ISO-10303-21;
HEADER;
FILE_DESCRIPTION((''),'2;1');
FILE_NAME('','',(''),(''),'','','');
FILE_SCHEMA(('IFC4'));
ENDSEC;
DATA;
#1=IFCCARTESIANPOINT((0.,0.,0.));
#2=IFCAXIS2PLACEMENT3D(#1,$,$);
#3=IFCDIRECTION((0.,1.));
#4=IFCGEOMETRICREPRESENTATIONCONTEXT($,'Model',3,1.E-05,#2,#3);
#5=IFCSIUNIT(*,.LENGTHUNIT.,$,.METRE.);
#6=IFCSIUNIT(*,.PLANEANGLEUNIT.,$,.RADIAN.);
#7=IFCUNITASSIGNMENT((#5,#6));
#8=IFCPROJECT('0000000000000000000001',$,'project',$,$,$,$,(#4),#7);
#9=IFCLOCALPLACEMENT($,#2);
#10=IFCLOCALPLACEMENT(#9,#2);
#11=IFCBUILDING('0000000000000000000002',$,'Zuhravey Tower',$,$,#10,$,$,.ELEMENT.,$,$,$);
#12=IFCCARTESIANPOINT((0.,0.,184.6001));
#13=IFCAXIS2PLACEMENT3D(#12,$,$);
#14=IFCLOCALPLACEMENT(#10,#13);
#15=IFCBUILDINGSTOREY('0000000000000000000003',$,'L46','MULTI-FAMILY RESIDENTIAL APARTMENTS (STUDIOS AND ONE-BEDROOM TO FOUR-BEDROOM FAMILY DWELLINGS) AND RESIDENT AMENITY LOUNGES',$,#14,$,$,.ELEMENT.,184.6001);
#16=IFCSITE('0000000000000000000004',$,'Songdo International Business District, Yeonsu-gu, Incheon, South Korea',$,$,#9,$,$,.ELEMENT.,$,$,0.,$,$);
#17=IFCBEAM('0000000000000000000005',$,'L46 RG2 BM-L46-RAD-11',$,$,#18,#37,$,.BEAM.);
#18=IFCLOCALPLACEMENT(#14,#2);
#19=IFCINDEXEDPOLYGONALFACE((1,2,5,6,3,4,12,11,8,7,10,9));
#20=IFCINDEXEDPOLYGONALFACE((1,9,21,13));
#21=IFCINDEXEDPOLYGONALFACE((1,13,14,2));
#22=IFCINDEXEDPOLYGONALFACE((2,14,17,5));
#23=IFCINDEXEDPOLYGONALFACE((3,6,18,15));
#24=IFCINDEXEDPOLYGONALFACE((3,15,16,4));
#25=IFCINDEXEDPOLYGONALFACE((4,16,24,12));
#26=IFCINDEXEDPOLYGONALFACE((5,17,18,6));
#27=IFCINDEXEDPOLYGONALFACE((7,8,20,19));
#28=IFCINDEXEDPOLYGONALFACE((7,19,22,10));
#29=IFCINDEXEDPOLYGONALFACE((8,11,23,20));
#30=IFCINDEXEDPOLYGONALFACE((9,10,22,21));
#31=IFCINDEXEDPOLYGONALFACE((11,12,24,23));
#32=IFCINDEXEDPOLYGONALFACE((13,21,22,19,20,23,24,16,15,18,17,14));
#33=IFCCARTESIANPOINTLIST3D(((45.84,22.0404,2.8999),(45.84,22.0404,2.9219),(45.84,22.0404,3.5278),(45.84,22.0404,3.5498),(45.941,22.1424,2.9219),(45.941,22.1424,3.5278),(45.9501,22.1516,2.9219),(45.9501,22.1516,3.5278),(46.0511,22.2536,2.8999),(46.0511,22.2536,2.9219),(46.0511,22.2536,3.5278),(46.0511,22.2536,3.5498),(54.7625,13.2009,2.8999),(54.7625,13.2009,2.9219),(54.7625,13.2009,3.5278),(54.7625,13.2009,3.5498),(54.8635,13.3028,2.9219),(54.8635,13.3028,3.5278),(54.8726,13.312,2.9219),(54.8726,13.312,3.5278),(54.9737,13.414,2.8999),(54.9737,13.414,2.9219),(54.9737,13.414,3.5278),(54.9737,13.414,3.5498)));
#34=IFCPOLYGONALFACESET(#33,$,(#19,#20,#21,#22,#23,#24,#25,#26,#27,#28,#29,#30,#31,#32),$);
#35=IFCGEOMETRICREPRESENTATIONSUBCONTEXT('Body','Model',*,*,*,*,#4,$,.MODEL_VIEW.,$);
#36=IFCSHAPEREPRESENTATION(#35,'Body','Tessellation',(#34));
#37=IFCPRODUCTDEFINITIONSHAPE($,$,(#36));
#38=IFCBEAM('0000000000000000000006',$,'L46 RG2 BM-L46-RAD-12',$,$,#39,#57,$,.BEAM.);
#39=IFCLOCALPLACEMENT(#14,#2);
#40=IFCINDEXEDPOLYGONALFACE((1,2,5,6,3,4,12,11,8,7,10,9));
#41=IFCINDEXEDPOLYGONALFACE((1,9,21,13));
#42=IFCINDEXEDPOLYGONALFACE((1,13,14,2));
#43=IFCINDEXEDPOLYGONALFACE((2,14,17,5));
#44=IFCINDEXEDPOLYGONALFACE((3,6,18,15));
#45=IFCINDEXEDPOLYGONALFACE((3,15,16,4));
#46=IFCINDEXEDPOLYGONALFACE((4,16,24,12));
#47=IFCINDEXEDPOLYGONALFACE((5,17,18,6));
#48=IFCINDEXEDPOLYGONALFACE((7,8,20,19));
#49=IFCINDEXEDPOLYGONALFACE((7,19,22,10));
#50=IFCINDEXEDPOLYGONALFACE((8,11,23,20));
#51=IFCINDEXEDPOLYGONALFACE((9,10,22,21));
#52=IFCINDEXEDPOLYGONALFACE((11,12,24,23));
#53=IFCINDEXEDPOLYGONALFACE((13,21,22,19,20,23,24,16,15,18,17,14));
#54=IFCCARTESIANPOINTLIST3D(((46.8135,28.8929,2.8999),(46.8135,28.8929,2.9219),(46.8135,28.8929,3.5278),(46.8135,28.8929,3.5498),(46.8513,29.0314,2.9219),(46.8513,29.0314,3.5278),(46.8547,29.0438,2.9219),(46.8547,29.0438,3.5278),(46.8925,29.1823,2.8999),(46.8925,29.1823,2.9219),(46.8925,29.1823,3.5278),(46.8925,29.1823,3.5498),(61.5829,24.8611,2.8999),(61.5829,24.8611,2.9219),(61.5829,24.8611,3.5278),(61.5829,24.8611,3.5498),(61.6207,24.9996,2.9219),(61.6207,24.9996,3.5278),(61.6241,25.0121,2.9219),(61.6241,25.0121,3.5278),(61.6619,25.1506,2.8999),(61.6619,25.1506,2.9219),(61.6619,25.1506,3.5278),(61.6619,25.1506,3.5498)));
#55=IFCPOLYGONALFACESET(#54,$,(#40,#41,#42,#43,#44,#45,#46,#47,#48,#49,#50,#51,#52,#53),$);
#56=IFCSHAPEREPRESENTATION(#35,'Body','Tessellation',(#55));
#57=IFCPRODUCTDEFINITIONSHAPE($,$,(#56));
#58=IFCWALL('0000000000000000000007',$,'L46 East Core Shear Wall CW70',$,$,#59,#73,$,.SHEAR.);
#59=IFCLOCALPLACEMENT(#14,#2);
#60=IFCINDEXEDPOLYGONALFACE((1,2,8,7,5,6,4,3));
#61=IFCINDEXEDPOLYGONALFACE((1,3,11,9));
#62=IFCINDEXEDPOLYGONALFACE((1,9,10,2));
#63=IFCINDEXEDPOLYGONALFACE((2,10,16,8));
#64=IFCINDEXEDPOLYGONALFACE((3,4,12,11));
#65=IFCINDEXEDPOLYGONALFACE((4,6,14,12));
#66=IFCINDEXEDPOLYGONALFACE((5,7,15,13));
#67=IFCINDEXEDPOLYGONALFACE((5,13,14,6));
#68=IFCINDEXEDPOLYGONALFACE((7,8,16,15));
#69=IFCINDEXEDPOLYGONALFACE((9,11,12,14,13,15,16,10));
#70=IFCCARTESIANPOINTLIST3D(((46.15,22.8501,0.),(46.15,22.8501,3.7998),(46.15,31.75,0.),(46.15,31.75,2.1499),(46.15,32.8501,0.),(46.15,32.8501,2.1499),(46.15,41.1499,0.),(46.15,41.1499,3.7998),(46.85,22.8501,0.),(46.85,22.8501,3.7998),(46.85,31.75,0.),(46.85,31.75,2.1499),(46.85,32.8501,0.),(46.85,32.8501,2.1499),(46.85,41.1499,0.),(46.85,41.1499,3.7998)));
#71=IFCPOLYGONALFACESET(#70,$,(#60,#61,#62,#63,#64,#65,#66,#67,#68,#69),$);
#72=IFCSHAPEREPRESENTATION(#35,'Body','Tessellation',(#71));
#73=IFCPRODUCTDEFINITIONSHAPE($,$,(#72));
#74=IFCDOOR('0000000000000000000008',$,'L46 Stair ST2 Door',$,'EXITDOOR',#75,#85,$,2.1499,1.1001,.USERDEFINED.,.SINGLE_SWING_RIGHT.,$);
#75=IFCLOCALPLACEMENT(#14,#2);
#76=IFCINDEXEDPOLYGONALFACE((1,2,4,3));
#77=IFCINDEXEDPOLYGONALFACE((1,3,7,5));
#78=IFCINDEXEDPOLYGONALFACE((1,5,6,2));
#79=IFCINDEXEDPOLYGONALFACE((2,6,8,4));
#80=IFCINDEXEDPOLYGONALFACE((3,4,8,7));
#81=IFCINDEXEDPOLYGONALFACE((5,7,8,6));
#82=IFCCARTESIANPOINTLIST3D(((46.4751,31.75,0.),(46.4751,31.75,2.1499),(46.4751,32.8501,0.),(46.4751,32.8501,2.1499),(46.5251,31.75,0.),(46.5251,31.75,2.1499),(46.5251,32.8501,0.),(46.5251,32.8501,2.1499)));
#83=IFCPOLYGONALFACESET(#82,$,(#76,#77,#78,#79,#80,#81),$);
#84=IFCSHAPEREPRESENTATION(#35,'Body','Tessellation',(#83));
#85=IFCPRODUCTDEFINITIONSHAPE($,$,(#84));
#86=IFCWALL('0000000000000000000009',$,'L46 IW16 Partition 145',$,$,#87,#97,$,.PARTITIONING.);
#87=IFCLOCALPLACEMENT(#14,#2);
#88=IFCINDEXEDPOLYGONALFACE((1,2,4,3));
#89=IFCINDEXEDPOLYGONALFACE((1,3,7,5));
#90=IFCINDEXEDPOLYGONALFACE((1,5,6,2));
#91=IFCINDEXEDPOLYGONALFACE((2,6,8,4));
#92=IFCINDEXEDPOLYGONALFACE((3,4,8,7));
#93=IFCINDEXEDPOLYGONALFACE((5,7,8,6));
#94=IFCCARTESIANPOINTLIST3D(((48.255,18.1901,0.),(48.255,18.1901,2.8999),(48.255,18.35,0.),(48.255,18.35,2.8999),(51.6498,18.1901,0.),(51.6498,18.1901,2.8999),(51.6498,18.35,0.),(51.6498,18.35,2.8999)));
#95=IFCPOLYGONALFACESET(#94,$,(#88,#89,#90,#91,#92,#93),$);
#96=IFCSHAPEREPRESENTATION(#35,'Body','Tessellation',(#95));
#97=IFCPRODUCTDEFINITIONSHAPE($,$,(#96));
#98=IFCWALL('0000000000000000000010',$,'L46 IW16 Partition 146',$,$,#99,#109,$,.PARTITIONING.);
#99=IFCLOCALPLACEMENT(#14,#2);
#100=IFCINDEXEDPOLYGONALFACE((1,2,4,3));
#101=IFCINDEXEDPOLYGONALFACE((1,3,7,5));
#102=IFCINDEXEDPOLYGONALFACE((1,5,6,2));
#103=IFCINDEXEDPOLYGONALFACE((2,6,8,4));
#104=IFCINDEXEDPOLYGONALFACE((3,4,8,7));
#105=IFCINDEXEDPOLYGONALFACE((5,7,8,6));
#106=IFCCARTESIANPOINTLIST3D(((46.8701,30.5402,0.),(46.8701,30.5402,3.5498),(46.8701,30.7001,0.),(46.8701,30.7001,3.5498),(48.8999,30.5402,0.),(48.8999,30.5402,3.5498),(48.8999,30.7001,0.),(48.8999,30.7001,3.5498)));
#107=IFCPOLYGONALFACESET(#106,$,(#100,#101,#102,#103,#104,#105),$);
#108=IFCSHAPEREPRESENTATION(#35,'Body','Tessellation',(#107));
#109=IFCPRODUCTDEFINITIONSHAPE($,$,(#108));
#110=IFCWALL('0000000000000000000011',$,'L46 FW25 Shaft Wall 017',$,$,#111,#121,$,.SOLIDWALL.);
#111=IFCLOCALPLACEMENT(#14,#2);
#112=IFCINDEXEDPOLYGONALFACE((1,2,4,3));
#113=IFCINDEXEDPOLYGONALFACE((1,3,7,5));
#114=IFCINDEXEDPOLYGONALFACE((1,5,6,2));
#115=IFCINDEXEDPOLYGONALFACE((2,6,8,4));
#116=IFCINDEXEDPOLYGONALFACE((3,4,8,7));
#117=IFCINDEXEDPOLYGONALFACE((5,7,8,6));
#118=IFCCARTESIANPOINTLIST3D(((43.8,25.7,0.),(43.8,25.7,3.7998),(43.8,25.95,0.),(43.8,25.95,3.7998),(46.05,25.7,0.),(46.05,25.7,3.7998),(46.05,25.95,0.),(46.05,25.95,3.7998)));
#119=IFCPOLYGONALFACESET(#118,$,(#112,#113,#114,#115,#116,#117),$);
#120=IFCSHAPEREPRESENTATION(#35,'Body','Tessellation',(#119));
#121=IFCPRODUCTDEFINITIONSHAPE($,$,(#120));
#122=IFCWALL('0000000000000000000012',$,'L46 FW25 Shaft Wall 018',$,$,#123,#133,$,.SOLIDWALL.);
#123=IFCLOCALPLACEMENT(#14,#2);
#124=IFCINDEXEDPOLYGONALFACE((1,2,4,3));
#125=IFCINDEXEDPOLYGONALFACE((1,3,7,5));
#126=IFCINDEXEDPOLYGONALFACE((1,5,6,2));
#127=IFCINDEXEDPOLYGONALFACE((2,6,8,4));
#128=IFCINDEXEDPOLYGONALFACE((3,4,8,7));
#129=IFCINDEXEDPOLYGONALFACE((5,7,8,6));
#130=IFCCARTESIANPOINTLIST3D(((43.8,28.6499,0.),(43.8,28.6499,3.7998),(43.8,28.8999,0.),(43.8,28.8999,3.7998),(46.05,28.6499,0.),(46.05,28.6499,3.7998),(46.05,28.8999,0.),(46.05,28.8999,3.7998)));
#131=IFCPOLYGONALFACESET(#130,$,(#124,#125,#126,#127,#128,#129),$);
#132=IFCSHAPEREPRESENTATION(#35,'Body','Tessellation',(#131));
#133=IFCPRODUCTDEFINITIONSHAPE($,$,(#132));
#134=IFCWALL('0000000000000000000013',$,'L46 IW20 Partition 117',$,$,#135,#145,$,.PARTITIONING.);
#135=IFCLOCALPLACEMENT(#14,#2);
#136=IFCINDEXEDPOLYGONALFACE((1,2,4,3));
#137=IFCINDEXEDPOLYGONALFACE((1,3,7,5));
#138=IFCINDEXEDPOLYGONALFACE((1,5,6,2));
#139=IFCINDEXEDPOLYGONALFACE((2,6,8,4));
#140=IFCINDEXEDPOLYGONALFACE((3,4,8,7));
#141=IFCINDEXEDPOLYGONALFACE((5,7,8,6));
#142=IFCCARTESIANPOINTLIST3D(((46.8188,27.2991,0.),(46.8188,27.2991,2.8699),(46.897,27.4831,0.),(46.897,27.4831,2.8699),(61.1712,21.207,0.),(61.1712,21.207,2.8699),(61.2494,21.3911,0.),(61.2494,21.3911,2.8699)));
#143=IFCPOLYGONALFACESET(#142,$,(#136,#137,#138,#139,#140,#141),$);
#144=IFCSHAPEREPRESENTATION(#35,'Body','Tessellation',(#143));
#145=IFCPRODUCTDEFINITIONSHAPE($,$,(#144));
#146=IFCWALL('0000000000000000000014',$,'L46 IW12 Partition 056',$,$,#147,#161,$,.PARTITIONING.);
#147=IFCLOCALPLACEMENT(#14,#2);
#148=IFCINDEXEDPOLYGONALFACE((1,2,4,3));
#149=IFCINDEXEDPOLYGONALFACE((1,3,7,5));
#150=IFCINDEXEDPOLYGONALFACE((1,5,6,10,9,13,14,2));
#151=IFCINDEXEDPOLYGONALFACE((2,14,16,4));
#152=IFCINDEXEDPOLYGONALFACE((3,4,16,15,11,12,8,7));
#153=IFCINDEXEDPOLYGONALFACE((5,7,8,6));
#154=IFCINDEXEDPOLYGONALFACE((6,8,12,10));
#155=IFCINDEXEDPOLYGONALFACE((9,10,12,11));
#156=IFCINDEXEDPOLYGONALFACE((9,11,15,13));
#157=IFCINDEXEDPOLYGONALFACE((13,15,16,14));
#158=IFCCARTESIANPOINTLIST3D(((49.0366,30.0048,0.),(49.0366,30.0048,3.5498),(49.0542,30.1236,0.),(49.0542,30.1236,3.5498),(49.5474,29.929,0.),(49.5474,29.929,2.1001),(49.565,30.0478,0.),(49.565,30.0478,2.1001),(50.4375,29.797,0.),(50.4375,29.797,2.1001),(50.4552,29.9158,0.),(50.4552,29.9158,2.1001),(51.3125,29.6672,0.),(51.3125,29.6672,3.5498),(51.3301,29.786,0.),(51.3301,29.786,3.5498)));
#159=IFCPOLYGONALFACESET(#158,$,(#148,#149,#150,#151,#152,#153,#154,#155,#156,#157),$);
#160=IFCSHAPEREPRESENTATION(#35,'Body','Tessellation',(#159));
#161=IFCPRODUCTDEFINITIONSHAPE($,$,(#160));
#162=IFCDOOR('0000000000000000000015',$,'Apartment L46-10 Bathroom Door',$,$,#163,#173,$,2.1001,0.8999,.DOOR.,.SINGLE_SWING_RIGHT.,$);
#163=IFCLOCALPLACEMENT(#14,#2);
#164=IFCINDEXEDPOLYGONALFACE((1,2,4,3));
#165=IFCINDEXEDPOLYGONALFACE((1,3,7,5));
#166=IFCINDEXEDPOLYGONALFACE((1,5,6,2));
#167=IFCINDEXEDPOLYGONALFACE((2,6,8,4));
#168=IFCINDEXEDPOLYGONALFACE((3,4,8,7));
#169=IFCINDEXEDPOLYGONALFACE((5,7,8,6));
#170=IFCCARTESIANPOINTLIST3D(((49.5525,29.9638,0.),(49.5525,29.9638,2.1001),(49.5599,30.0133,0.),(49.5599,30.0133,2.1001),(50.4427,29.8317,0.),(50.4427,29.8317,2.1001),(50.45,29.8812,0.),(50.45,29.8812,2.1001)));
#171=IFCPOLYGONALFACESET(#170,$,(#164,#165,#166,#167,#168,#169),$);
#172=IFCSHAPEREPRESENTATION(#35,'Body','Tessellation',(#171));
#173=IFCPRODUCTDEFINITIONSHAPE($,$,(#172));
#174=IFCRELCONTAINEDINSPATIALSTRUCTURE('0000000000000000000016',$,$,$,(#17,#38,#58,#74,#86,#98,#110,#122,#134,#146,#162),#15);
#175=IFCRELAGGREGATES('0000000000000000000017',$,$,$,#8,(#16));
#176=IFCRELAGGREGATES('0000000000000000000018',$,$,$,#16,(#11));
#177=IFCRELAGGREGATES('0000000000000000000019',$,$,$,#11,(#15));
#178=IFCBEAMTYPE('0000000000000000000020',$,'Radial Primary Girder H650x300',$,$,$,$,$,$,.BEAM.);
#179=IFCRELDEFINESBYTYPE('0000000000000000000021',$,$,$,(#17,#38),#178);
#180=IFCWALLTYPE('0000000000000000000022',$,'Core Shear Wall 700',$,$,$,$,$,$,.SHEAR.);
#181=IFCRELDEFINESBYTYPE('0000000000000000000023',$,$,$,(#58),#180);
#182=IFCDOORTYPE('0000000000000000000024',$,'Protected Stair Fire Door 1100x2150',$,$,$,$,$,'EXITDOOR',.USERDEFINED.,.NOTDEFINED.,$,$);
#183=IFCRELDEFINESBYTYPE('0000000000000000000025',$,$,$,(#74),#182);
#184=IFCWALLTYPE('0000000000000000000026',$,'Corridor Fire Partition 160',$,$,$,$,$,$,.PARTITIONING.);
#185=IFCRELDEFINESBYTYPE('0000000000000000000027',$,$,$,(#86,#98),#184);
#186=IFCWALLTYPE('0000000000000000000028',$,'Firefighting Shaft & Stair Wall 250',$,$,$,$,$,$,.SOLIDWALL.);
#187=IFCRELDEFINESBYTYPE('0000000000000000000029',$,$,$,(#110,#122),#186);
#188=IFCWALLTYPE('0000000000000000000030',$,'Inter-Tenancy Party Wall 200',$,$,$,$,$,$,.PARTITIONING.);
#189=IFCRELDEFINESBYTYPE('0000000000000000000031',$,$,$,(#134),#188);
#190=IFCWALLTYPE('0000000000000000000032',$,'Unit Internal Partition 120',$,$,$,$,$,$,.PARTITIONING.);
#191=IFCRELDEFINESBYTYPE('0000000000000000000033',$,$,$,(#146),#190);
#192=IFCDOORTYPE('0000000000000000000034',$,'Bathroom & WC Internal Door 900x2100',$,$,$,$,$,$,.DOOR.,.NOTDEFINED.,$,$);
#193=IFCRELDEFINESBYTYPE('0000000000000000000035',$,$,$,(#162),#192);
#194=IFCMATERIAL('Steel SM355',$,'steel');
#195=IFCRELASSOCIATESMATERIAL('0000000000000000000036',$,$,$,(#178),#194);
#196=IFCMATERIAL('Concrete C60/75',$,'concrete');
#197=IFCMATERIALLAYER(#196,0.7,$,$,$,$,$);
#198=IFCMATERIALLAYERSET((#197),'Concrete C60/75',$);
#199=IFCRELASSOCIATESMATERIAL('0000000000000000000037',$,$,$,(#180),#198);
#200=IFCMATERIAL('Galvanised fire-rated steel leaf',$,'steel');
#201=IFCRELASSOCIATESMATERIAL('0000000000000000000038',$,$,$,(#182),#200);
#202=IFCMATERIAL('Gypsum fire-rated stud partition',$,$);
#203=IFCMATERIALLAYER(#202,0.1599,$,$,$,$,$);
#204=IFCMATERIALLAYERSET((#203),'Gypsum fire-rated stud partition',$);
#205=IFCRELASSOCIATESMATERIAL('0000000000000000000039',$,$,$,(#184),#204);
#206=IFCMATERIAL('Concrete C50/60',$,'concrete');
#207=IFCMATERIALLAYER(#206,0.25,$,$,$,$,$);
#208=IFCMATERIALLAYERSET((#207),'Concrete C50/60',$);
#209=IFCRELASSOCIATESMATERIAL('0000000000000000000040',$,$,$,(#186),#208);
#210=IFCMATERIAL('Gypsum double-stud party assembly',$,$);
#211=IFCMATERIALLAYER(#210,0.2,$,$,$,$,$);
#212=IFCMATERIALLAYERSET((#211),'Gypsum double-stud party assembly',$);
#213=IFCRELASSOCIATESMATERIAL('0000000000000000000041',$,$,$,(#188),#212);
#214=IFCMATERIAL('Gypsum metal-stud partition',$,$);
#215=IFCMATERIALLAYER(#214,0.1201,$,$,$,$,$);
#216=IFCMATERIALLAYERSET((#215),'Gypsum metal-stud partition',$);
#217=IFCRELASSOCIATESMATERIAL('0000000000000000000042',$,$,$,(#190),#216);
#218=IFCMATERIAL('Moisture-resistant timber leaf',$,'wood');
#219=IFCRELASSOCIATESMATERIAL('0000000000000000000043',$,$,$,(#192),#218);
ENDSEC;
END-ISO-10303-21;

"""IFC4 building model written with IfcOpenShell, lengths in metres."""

from ifc_helpers import new_model, si_unit, direction, frame, frame_2d, origin, origin_2d, place, context, subcontext, project, spatial, rectangle, i_section, extrude, material, layer, layer_set, material_profile, profile_set, type_object, element, fill, save


model = new_model("IFC4")

# Units and contexts
model_context = context("Model", 3, precision=1e-05, world=origin(), true_north=direction((0.0, 1.0)))
body_context = subcontext(model_context, "Body", "Model", "MODEL_VIEW")
ifc_project = project(units=[si_unit("LENGTHUNIT", "METRE"), si_unit("PLANEANGLEUNIT", "RADIAN")], contexts=[model_context])

# Site, building, storey
site_placement = place(None, origin())
site = spatial("IfcSite", under=ifc_project, at=site_placement, Name="Songdo International Business District, Yeonsu-gu, Incheon, South Korea", CompositionType="ELEMENT", RefElevation=0.0)
building_placement = place(site_placement, origin())
building = spatial("IfcBuilding", under=site, at=building_placement, Name="Zuhravey Tower", CompositionType="ELEMENT")
storey_placement = place(building_placement, frame((0.0, 0.0, 184.6001)))
storey = spatial("IfcBuildingStorey", under=building, at=storey_placement, Name="L46", Description="MULTI-FAMILY RESIDENTIAL APARTMENTS (STUDIOS AND ONE-BEDROOM TO FOUR-BEDROOM FAMILY DWELLINGS) AND RESIDENT AMENITY LOUNGES", CompositionType="ELEMENT", Elevation=184.6001)

# Beams
ifc_material_1 = material(Name="Steel SM355", Category="steel")
ifc_material_profile = material_profile(ifc_material_1, i_section(OverallWidth=0.3, OverallDepth=0.6499, WebThickness=0.0129, FlangeThickness=0.022, at=origin_2d()), Name="H-650x300x13x22")
ifc_profile_set = profile_set([ifc_material_profile], Name="Steel SM355")
beam_type = type_object("IfcBeamType", Name="Radial Primary Girder H650x300", PredefinedType="BEAM", material=ifc_profile_set)
beam_1_placement = place(storey_placement, frame((45.9456, 22.147, 3.2249), z_axis=(0.710404, -0.703795, 0.0), x_axis=(0.703795, 0.710404, 0.0)))
element("IfcBeam", 1, at=beam_1_placement, inside=storey, type_object=beam_type, Name="L46 RG2 BM-L46-RAD-11", PredefinedType="BEAM", context=body_context, shape_type="SweptSolid", body=[
    extrude(i_section(OverallWidth=0.3, OverallDepth=0.6499, WebThickness=0.0129, FlangeThickness=0.022, at=origin_2d()), origin(), (0.0, 0.0, 1.0), 12.5598),
])
beam_2_placement = place(storey_placement, frame((46.853, 29.0376, 3.2249), z_axis=(0.964702, -0.263345, 0.0), x_axis=(0.263345, 0.964702, 0.0)))
element("IfcBeam", 2, at=beam_2_placement, inside=storey, type_object=beam_type, Name="L46 RG2 BM-L46-RAD-12", PredefinedType="BEAM", context=body_context, shape_type="SweptSolid", body=[
    extrude(i_section(OverallWidth=0.3, OverallDepth=0.6499, WebThickness=0.0129, FlangeThickness=0.022, at=origin_2d()), origin(), (0.0, 0.0, 1.0), 15.3098),
])

# Wall, opening, door
ifc_material_2 = material(Name="Concrete C60/75", Category="concrete")
ifc_layer_1 = layer(ifc_material_2, 0.7)
ifc_layer_set_1 = layer_set([ifc_layer_1], Name="Concrete C60/75")
wall_type_1 = type_object("IfcWallType", Name="Core Shear Wall 700", PredefinedType="SHEAR", material=ifc_layer_set_1)
wall_1_placement = place(storey_placement, frame((46.5, 22.8501, 0.0), z_axis=(0.0, 0.0, 1.0), x_axis=(0.0, 1.0, 0.0)))
wall_1 = element("IfcWall", 3, at=wall_1_placement, inside=storey, type_object=wall_type_1, Name="L46 East Core Shear Wall CW70", PredefinedType="SHEAR", context=body_context, shape_type="SweptSolid", body=[
    extrude(rectangle(XDim=18.2998, YDim=0.7, at=frame_2d((9.1499, 0.0))), origin(), (0.0, 0.0, 1.0), 3.7998),
])
opening_1_placement = place(wall_1_placement, frame((8.8999, 0.0, 0.0)))
opening_1 = element("IfcOpeningElement", 4, at=opening_1_placement, cuts=wall_1, PredefinedType="OPENING", context=body_context, shape_type="SweptSolid", body=[
    extrude(rectangle(XDim=1.1001, YDim=2.1499, at=frame_2d((0.55, 1.075))), frame((0.0, 0.3621, 0.0), z_axis=(0.0, -1.0, 0.0), x_axis=(1.0, 0.0, 0.0)), (0.0, 0.0, 1.0), 0.7239),
])
ifc_material_3 = material(Name="Galvanised fire-rated steel leaf", Category="steel")
door_type_1 = type_object("IfcDoorType", Name="Protected Stair Fire Door 1100x2150", ElementType="EXITDOOR", OperationType="NOTDEFINED", PredefinedType="USERDEFINED", material=ifc_material_3)
door_1_placement = place(opening_1_placement, origin())
door_1 = element("IfcDoor", 5, at=door_1_placement, inside=storey, type_object=door_type_1, Name="L46 Stair ST2 Door", ObjectType="EXITDOOR", OperationType="SINGLE_SWING_RIGHT", OverallHeight=2.1499, OverallWidth=1.1001, PredefinedType="USERDEFINED", context=body_context, shape_type="SweptSolid", body=[
    extrude(rectangle(XDim=1.1001, YDim=2.1499, at=frame_2d((0.55, 1.075))), frame((0.0, 0.0249, 0.0), z_axis=(0.0, -1.0, 0.0), x_axis=(1.0, 0.0, 0.0)), (0.0, 0.0, 1.0), 0.05),
])
fill(opening_1, door_1)
ifc_material_4 = material(Name="Gypsum fire-rated stud partition")
ifc_layer_2 = layer(ifc_material_4, 0.1599)
ifc_layer_set_2 = layer_set([ifc_layer_2], Name="Gypsum fire-rated stud partition")
wall_type_2 = type_object("IfcWallType", Name="Corridor Fire Partition 160", PredefinedType="PARTITIONING", material=ifc_layer_set_2)

# Walls
wall_2_placement = place(storey_placement, frame((48.2551, 18.27, 0.0), z_axis=(0.0, 0.0, 1.0), x_axis=(1.0, 0.0, 0.0)))
element("IfcWall", 6, at=wall_2_placement, inside=storey, type_object=wall_type_2, Name="L46 IW16 Partition 145", PredefinedType="PARTITIONING", context=body_context, shape_type="SweptSolid", body=[
    extrude(rectangle(XDim=3.3948, YDim=0.1599, at=frame_2d((1.6973, 0.0))), origin(), (0.0, 0.0, 1.0), 2.8999),
])
wall_3_placement = place(storey_placement, frame((46.8701, 30.6201, 0.0), z_axis=(0.0, 0.0, 1.0), x_axis=(1.0, 0.0, 0.0)))
element("IfcWall", 7, at=wall_3_placement, inside=storey, type_object=wall_type_2, Name="L46 IW16 Partition 146", PredefinedType="PARTITIONING", context=body_context, shape_type="SweptSolid", body=[
    extrude(rectangle(XDim=2.0298, YDim=0.1599, at=frame_2d((1.0149, 0.0))), origin(), (0.0, 0.0, 1.0), 3.5498),
])
ifc_material_5 = material(Name="Concrete C50/60", Category="concrete")
ifc_layer_3 = layer(ifc_material_5, 0.25)
ifc_layer_set_3 = layer_set([ifc_layer_3], Name="Concrete C50/60")
wall_type_3 = type_object("IfcWallType", Name="Firefighting Shaft & Stair Wall 250", PredefinedType="SOLIDWALL", material=ifc_layer_set_3)
for number, where, z_axis, x_axis, name in (
    (8, (43.8, 25.825, 0.0), (0.0, 0.0, 1.0), (1.0, 0.0, 0.0), "L46 FW25 Shaft Wall 017"),
    (9, (43.8, 28.7749, 0.0), (0.0, 0.0, 1.0), (1.0, 0.0, 0.0), "L46 FW25 Shaft Wall 018"),
):
    element("IfcWall", number, at=place(storey_placement, frame(where, z_axis=z_axis, x_axis=x_axis)), inside=storey, type_object=wall_type_3, Name=name, PredefinedType="SOLIDWALL", context=body_context, shape_type="SweptSolid", body=[
        extrude(rectangle(XDim=2.25, YDim=0.25, at=frame_2d((1.125, 0.0))), origin(), (0.0, 0.0, 1.0), 3.7998),
    ])
ifc_material_6 = material(Name="Gypsum double-stud party assembly")
ifc_layer_4 = layer(ifc_material_6, 0.2)
ifc_layer_set_4 = layer_set([ifc_layer_4], Name="Gypsum double-stud party assembly")
wall_type_4 = type_object("IfcWallType", Name="Inter-Tenancy Party Wall 200", PredefinedType="PARTITIONING", material=ifc_layer_set_4)
wall_4_placement = place(storey_placement, frame((46.8579, 27.3911, 0.0), z_axis=(0.0, 0.0, 1.0), x_axis=(0.920508, -0.390723, 0.0)))
element("IfcWall", 10, at=wall_4_placement, inside=storey, type_object=wall_type_4, Name="L46 IW20 Partition 117", PredefinedType="PARTITIONING", context=body_context, shape_type="SweptSolid", body=[
    extrude(rectangle(XDim=15.5918, YDim=0.2, at=frame_2d((7.7959, 0.0))), origin(), (0.0, 0.0, 1.0), 2.8699),
])

# Wall, opening, door
ifc_material_7 = material(Name="Gypsum metal-stud partition")
ifc_layer_5 = layer(ifc_material_7, 0.1201)
ifc_layer_set_5 = layer_set([ifc_layer_5], Name="Gypsum metal-stud partition")
wall_type_5 = type_object("IfcWallType", Name="Unit Internal Partition 120", PredefinedType="PARTITIONING", material=ifc_layer_set_5)
wall_5_placement = place(storey_placement, frame((49.0454, 30.0642, 0.0), z_axis=(0.0, 0.0, 1.0), x_axis=(0.989173, -0.146752, 0.0)))
wall_5 = element("IfcWall", 11, at=wall_5_placement, inside=storey, type_object=wall_type_5, Name="L46 IW12 Partition 056", PredefinedType="PARTITIONING", context=body_context, shape_type="SweptSolid", body=[
    extrude(rectangle(XDim=2.3008, YDim=0.1201, at=frame_2d((1.1504, 0.0))), origin(), (0.0, 0.0, 1.0), 3.5498),
])
opening_2_placement = place(wall_5_placement, frame((0.5164, 0.0, 0.0)))
opening_2 = element("IfcOpeningElement", 12, at=opening_2_placement, cuts=wall_5, PredefinedType="OPENING", context=body_context, shape_type="SweptSolid", body=[
    extrude(rectangle(XDim=0.8999, YDim=2.1001, at=frame_2d((0.45, 1.05))), frame((0.0, 0.072, 0.0), z_axis=(0.0, -1.0, 0.0), x_axis=(1.0, 0.0, 0.0)), (0.0, 0.0, 1.0), 0.144),
])
ifc_material_8 = material(Name="Moisture-resistant timber leaf", Category="wood")
door_type_2 = type_object("IfcDoorType", Name="Bathroom & WC Internal Door 900x2100", OperationType="NOTDEFINED", PredefinedType="DOOR", material=ifc_material_8)
door_2_placement = place(opening_2_placement, frame((0.8999, 0.0, 0.0), z_axis=(0.0, 0.0, 1.0), x_axis=(-1.0, 0.0, 0.0)))
door_2 = element("IfcDoor", 13, at=door_2_placement, inside=storey, type_object=door_type_2, Name="Apartment L46-10 Bathroom Door", OperationType="SINGLE_SWING_RIGHT", OverallHeight=2.1001, OverallWidth=0.8999, PredefinedType="DOOR", context=body_context, shape_type="SweptSolid", body=[
    extrude(rectangle(XDim=0.8999, YDim=2.1001, at=frame_2d((0.45, 1.05))), frame((0.0, 0.0249, 0.0), z_axis=(0.0, -1.0, 0.0), x_axis=(1.0, 0.0, 0.0)), (0.0, 0.0, 1.0), 0.05),
])
fill(opening_2, door_2)

save(model, "model.ifc")
